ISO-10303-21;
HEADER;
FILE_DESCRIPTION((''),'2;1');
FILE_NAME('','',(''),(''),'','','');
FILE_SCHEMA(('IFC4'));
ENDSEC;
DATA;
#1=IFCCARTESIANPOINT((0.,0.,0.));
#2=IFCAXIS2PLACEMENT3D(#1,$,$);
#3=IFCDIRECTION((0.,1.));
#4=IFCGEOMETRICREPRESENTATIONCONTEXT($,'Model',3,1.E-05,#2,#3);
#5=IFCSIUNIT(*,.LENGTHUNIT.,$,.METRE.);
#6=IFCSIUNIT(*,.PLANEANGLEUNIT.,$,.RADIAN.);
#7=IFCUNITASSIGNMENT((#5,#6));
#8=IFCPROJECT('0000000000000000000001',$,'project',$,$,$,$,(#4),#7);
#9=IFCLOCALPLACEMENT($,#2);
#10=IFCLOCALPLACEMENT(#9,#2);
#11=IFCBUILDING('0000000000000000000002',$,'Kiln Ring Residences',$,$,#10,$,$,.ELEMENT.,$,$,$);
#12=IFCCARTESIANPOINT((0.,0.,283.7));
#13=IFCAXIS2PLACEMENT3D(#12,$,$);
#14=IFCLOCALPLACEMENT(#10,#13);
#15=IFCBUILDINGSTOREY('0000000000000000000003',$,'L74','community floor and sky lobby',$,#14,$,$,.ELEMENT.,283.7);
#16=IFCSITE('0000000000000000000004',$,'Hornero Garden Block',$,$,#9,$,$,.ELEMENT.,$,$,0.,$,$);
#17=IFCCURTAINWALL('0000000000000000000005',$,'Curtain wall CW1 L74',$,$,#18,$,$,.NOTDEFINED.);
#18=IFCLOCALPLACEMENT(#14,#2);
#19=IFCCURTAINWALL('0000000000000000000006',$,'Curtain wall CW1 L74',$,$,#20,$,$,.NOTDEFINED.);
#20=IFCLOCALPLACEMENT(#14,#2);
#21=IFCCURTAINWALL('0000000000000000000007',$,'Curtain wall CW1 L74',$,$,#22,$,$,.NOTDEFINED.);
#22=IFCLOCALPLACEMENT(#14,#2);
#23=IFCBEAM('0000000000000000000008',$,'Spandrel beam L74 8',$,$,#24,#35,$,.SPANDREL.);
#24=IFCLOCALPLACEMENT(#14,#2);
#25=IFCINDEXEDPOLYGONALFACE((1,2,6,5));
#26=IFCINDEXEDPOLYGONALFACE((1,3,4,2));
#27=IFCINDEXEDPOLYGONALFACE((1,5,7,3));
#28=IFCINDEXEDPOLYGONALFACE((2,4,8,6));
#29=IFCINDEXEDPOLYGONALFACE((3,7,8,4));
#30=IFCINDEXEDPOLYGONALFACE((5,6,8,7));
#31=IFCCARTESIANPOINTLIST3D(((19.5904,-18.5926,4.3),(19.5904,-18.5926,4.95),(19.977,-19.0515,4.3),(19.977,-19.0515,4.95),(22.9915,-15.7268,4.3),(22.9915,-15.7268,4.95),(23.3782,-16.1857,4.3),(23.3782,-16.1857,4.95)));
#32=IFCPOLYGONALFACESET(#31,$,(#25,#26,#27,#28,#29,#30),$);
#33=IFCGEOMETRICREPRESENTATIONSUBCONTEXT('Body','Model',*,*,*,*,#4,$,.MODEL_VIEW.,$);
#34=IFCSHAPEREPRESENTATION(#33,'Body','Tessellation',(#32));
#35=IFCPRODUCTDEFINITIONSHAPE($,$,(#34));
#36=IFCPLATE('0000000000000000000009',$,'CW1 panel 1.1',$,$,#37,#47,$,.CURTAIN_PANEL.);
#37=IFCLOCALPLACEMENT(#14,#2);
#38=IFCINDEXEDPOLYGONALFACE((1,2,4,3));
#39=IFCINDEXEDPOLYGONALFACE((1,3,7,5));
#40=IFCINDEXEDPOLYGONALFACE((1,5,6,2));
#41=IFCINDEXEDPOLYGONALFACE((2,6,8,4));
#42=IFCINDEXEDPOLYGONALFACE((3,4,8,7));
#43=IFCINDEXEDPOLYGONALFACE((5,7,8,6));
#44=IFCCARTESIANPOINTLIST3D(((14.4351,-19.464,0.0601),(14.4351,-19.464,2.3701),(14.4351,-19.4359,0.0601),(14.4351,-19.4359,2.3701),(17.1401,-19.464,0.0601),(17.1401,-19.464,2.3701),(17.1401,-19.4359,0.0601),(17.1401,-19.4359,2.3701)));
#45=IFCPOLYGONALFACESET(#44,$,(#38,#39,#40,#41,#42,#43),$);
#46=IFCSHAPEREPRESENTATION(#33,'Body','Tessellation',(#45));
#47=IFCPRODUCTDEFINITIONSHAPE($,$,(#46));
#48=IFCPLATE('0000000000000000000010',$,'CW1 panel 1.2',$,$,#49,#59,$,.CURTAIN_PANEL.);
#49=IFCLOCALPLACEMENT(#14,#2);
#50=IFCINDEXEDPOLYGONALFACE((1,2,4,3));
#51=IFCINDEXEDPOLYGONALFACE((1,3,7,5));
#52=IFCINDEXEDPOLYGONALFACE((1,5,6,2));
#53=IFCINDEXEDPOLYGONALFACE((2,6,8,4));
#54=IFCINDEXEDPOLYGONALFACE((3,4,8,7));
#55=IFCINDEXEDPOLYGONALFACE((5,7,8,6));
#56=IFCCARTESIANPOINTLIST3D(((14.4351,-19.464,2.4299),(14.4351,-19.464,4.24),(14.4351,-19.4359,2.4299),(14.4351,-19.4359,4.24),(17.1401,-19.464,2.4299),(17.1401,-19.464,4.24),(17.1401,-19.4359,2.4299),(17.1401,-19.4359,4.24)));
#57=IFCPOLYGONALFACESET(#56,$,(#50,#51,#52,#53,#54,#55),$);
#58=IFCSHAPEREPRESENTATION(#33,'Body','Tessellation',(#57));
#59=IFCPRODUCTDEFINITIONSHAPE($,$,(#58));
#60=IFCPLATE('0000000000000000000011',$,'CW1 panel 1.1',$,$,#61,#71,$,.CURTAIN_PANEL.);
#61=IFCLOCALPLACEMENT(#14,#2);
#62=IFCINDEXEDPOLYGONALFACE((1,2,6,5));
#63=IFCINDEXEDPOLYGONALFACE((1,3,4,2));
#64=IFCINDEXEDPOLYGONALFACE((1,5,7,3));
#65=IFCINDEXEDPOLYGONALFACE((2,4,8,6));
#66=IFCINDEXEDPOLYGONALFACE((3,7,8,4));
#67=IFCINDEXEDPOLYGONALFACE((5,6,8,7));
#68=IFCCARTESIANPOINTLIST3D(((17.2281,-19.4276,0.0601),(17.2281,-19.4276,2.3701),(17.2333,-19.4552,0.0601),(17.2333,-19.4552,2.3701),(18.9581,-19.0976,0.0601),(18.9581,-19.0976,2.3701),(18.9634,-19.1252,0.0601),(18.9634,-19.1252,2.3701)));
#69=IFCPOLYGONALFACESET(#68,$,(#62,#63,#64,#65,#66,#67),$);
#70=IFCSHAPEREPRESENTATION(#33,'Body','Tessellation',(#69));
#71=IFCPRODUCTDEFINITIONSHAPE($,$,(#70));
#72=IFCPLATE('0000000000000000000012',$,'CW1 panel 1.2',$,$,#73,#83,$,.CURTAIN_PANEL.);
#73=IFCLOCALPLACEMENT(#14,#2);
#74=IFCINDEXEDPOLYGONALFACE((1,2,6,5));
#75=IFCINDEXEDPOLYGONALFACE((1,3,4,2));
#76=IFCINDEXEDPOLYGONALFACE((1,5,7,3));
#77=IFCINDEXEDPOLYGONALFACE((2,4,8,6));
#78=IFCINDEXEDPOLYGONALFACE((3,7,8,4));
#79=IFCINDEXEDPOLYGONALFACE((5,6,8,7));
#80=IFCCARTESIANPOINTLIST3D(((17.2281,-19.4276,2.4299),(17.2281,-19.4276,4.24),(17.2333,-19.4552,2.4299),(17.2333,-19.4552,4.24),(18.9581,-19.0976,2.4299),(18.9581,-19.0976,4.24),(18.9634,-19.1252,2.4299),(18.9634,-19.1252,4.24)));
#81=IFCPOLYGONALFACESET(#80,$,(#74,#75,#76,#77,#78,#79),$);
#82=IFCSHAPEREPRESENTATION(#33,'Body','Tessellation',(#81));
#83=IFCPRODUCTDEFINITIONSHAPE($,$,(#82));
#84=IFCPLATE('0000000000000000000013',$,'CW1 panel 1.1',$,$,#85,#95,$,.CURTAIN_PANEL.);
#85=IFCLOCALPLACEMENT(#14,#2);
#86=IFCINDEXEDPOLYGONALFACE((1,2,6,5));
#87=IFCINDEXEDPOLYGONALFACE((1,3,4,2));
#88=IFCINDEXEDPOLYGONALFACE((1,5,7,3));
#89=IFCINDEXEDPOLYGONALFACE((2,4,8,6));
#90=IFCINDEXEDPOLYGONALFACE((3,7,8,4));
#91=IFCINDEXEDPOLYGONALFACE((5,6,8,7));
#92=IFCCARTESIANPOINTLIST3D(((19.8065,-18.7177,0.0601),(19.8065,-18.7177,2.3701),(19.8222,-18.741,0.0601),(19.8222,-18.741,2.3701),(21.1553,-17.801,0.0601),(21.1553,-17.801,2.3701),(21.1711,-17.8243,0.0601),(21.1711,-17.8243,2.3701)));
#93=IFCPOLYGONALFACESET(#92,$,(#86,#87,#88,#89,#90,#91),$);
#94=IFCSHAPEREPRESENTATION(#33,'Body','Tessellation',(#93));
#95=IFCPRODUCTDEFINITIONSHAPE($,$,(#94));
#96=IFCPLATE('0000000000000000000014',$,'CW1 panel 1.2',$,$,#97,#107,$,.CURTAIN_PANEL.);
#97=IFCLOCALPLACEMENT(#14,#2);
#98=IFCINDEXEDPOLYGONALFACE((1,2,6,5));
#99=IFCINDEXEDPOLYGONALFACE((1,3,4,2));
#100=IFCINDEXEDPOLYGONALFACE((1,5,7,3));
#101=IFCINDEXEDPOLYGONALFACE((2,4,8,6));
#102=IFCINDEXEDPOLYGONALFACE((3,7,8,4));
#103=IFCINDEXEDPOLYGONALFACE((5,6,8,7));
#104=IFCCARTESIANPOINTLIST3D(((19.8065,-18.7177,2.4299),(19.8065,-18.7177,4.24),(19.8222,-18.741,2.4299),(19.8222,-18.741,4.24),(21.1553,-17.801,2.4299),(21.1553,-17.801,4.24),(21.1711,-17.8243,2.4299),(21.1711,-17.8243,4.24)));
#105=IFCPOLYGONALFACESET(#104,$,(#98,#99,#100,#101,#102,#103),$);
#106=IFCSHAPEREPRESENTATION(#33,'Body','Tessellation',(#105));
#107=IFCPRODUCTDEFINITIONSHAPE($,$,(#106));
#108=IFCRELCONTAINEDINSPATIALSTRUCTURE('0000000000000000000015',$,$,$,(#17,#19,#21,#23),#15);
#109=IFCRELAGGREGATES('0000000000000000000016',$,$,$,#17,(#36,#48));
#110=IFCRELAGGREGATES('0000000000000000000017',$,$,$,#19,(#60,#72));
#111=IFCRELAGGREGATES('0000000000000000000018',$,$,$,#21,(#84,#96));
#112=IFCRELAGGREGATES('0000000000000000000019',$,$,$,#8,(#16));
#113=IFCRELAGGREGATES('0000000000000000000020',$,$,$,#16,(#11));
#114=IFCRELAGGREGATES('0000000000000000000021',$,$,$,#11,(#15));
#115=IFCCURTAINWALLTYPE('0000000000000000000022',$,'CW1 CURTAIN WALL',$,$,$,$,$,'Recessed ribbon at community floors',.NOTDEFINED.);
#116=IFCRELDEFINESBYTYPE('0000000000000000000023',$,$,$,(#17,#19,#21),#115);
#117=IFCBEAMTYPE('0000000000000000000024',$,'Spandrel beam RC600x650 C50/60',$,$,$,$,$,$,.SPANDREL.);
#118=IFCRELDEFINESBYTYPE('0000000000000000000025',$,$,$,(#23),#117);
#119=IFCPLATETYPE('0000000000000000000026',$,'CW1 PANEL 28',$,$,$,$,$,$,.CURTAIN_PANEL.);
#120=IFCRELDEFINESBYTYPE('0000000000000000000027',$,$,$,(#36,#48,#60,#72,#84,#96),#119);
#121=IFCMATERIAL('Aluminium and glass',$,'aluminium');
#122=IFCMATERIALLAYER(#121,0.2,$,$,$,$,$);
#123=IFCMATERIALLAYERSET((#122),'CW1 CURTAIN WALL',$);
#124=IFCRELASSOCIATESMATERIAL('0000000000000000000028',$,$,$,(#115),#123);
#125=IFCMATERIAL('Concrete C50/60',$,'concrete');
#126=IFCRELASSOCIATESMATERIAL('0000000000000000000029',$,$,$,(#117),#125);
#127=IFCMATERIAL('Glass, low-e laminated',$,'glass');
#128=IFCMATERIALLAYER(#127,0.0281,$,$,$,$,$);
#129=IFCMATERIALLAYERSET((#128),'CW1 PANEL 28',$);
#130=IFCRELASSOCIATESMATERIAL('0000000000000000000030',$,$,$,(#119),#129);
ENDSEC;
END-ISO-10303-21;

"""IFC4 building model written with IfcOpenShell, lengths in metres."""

from ifc_helpers import new_model, si_unit, direction, frame, origin, origin_2d, place, context, subcontext, project, spatial, rectangle, extrude, material, layer, layer_set, material_profile, profile_set, type_object, element, aggregate, save


model = new_model("IFC4")

# Units and contexts
model_context = context("Model", 3, precision=1e-05, world=origin(), true_north=direction((0.0, 1.0)))
body_context = subcontext(model_context, "Body", "Model", "MODEL_VIEW")
ifc_project = project(units=[si_unit("LENGTHUNIT", "METRE"), si_unit("PLANEANGLEUNIT", "RADIAN")], contexts=[model_context])

# Site, building, storey
site_placement = place(None, origin())
site = spatial("IfcSite", under=ifc_project, at=site_placement, Name="Hornero Garden Block", CompositionType="ELEMENT", RefElevation=0.0)
building_placement = place(site_placement, origin())
building = spatial("IfcBuilding", under=site, at=building_placement, Name="Kiln Ring Residences", CompositionType="ELEMENT")
storey_placement = place(building_placement, frame((0.0, 0.0, 283.7)))
storey = spatial("IfcBuildingStorey", under=building, at=storey_placement, Name="L74", Description="community floor and sky lobby", CompositionType="ELEMENT", Elevation=283.7)

# Curtain wall
ifc_material_1 = material(Name="Aluminium and glass", Category="aluminium")
ifc_layer_1 = layer(ifc_material_1, 0.2)
ifc_layer_set_1 = layer_set([ifc_layer_1], Name="CW1 CURTAIN WALL")
curtain_wall_type = type_object("IfcCurtainWallType", Name="CW1 CURTAIN WALL", ElementType="Recessed ribbon at community floors", PredefinedType="NOTDEFINED", material=ifc_layer_set_1)
placement = place(storey_placement, origin())
curtain_wall_1 = element("IfcCurtainWall", 1, at=placement, inside=storey, type_object=curtain_wall_type, Name="Curtain wall CW1 L74", PredefinedType="NOTDEFINED")

# Curtain walls
curtain_wall_2 = element("IfcCurtainWall", 2, at=placement, inside=storey, type_object=curtain_wall_type, Name="Curtain wall CW1 L74", PredefinedType="NOTDEFINED")
curtain_wall_3 = element("IfcCurtainWall", 3, at=placement, inside=storey, type_object=curtain_wall_type, Name="Curtain wall CW1 L74", PredefinedType="NOTDEFINED")

# Beam
ifc_material_2 = material(Name="Concrete C50/60", Category="concrete")
ifc_material_profile_1 = material_profile(ifc_material_2, rectangle(XDim=0.6001, YDim=0.6499, at=origin_2d()), Name="RC600x650")
ifc_profile_set_1 = profile_set([ifc_material_profile_1], Name="Concrete C50/60")
beam_type = type_object("IfcBeamType", Name="Spandrel beam RC600x650 C50/60", PredefinedType="SPANDREL", material=ifc_profile_set_1)
beam_placement = place(storey_placement, frame((19.7837, -18.822, 4.625), z_axis=(0.764732, 0.644349, 0.0), x_axis=(-0.644349, 0.764732, 0.0)))
element("IfcBeam", 4, at=beam_placement, inside=storey, type_object=beam_type, Name="Spandrel beam L74 8", PredefinedType="SPANDREL", context=body_context, shape_type="SweptSolid", body=[
    extrude(rectangle(XDim=0.6001, YDim=0.6499, at=origin_2d()), origin(), (0.0, 0.0, 1.0), 4.4475),
])

# Plates
ifc_material_3 = material(Name="Glass, low-e laminated", Category="glass")
ifc_layer_2 = layer(ifc_material_3, 0.0281)
ifc_layer_set_2 = layer_set([ifc_layer_2], Name="CW1 PANEL 28")
plate_type = type_object("IfcPlateType", Name="CW1 PANEL 28", PredefinedType="CURTAIN_PANEL", material=ifc_layer_set_2)
plate_1_placement = place(storey_placement, frame((15.7876, -19.45, 0.0601), z_axis=(0.0, 0.0, 1.0), x_axis=(1.0, 0.0, 0.0)))
plate_1 = element("IfcPlate", 5, at=plate_1_placement, type_object=plate_type, Name="CW1 panel 1.1", PredefinedType="CURTAIN_PANEL", context=body_context, shape_type="SweptSolid", body=[
    extrude(rectangle(XDim=2.7051, YDim=0.0281, at=origin_2d()), origin(), (0.0, 0.0, 1.0), 2.3101),
])
plate_2_placement = place(storey_placement, frame((15.7876, -19.45, 2.4299), z_axis=(0.0, 0.0, 1.0), x_axis=(1.0, 0.0, 0.0)))
plate_2 = element("IfcPlate", 6, at=plate_2_placement, type_object=plate_type, Name="CW1 panel 1.2", PredefinedType="CURTAIN_PANEL", context=body_context, shape_type="SweptSolid", body=[
    extrude(rectangle(XDim=2.7051, YDim=0.0281, at=origin_2d()), origin(), (0.0, 0.0, 1.0), 1.8101),
])
aggregate(curtain_wall_1, [plate_1, plate_2])
plate_3_placement = place(storey_placement, frame((18.0957, -19.2764, 0.0601), z_axis=(0.0, 0.0, 1.0), x_axis=(0.98229, 0.187366, 0.0)))
plate_3 = element("IfcPlate", 7, at=plate_3_placement, type_object=plate_type, Name="CW1 panel 1.1", PredefinedType="CURTAIN_PANEL", context=body_context, shape_type="SweptSolid", body=[
    extrude(rectangle(XDim=1.7612, YDim=0.0281, at=origin_2d()), origin(), (0.0, 0.0, 1.0), 2.3101),
])
plate_4_placement = place(storey_placement, frame((18.0957, -19.2764, 2.4299), z_axis=(0.0, 0.0, 1.0), x_axis=(0.98229, 0.187366, 0.0)))
plate_4 = element("IfcPlate", 8, at=plate_4_placement, type_object=plate_type, Name="CW1 panel 1.2", PredefinedType="CURTAIN_PANEL", context=body_context, shape_type="SweptSolid", body=[
    extrude(rectangle(XDim=1.7612, YDim=0.0281, at=origin_2d()), origin(), (0.0, 0.0, 1.0), 1.8101),
])
aggregate(curtain_wall_2, [plate_3, plate_4])
plate_5_placement = place(storey_placement, frame((20.4888, -18.271, 0.0601), z_axis=(0.0, 0.0, 1.0), x_axis=(0.827072, 0.562097, 0.0)))
plate_5 = element("IfcPlate", 9, at=plate_5_placement, type_object=plate_type, Name="CW1 panel 1.1", PredefinedType="CURTAIN_PANEL", context=body_context, shape_type="SweptSolid", body=[
    extrude(rectangle(XDim=1.6309, YDim=0.0281, at=origin_2d()), origin(), (0.0, 0.0, 1.0), 2.3101),
])
plate_6_placement = place(storey_placement, frame((20.4888, -18.271, 2.4299), z_axis=(0.0, 0.0, 1.0), x_axis=(0.827072, 0.562097, 0.0)))
plate_6 = element("IfcPlate", 10, at=plate_6_placement, type_object=plate_type, Name="CW1 panel 1.2", PredefinedType="CURTAIN_PANEL", context=body_context, shape_type="SweptSolid", body=[
    extrude(rectangle(XDim=1.6309, YDim=0.0281, at=origin_2d()), origin(), (0.0, 0.0, 1.0), 1.8101),
])
aggregate(curtain_wall_3, [plate_5, plate_6])

save(model, "model.ifc")
